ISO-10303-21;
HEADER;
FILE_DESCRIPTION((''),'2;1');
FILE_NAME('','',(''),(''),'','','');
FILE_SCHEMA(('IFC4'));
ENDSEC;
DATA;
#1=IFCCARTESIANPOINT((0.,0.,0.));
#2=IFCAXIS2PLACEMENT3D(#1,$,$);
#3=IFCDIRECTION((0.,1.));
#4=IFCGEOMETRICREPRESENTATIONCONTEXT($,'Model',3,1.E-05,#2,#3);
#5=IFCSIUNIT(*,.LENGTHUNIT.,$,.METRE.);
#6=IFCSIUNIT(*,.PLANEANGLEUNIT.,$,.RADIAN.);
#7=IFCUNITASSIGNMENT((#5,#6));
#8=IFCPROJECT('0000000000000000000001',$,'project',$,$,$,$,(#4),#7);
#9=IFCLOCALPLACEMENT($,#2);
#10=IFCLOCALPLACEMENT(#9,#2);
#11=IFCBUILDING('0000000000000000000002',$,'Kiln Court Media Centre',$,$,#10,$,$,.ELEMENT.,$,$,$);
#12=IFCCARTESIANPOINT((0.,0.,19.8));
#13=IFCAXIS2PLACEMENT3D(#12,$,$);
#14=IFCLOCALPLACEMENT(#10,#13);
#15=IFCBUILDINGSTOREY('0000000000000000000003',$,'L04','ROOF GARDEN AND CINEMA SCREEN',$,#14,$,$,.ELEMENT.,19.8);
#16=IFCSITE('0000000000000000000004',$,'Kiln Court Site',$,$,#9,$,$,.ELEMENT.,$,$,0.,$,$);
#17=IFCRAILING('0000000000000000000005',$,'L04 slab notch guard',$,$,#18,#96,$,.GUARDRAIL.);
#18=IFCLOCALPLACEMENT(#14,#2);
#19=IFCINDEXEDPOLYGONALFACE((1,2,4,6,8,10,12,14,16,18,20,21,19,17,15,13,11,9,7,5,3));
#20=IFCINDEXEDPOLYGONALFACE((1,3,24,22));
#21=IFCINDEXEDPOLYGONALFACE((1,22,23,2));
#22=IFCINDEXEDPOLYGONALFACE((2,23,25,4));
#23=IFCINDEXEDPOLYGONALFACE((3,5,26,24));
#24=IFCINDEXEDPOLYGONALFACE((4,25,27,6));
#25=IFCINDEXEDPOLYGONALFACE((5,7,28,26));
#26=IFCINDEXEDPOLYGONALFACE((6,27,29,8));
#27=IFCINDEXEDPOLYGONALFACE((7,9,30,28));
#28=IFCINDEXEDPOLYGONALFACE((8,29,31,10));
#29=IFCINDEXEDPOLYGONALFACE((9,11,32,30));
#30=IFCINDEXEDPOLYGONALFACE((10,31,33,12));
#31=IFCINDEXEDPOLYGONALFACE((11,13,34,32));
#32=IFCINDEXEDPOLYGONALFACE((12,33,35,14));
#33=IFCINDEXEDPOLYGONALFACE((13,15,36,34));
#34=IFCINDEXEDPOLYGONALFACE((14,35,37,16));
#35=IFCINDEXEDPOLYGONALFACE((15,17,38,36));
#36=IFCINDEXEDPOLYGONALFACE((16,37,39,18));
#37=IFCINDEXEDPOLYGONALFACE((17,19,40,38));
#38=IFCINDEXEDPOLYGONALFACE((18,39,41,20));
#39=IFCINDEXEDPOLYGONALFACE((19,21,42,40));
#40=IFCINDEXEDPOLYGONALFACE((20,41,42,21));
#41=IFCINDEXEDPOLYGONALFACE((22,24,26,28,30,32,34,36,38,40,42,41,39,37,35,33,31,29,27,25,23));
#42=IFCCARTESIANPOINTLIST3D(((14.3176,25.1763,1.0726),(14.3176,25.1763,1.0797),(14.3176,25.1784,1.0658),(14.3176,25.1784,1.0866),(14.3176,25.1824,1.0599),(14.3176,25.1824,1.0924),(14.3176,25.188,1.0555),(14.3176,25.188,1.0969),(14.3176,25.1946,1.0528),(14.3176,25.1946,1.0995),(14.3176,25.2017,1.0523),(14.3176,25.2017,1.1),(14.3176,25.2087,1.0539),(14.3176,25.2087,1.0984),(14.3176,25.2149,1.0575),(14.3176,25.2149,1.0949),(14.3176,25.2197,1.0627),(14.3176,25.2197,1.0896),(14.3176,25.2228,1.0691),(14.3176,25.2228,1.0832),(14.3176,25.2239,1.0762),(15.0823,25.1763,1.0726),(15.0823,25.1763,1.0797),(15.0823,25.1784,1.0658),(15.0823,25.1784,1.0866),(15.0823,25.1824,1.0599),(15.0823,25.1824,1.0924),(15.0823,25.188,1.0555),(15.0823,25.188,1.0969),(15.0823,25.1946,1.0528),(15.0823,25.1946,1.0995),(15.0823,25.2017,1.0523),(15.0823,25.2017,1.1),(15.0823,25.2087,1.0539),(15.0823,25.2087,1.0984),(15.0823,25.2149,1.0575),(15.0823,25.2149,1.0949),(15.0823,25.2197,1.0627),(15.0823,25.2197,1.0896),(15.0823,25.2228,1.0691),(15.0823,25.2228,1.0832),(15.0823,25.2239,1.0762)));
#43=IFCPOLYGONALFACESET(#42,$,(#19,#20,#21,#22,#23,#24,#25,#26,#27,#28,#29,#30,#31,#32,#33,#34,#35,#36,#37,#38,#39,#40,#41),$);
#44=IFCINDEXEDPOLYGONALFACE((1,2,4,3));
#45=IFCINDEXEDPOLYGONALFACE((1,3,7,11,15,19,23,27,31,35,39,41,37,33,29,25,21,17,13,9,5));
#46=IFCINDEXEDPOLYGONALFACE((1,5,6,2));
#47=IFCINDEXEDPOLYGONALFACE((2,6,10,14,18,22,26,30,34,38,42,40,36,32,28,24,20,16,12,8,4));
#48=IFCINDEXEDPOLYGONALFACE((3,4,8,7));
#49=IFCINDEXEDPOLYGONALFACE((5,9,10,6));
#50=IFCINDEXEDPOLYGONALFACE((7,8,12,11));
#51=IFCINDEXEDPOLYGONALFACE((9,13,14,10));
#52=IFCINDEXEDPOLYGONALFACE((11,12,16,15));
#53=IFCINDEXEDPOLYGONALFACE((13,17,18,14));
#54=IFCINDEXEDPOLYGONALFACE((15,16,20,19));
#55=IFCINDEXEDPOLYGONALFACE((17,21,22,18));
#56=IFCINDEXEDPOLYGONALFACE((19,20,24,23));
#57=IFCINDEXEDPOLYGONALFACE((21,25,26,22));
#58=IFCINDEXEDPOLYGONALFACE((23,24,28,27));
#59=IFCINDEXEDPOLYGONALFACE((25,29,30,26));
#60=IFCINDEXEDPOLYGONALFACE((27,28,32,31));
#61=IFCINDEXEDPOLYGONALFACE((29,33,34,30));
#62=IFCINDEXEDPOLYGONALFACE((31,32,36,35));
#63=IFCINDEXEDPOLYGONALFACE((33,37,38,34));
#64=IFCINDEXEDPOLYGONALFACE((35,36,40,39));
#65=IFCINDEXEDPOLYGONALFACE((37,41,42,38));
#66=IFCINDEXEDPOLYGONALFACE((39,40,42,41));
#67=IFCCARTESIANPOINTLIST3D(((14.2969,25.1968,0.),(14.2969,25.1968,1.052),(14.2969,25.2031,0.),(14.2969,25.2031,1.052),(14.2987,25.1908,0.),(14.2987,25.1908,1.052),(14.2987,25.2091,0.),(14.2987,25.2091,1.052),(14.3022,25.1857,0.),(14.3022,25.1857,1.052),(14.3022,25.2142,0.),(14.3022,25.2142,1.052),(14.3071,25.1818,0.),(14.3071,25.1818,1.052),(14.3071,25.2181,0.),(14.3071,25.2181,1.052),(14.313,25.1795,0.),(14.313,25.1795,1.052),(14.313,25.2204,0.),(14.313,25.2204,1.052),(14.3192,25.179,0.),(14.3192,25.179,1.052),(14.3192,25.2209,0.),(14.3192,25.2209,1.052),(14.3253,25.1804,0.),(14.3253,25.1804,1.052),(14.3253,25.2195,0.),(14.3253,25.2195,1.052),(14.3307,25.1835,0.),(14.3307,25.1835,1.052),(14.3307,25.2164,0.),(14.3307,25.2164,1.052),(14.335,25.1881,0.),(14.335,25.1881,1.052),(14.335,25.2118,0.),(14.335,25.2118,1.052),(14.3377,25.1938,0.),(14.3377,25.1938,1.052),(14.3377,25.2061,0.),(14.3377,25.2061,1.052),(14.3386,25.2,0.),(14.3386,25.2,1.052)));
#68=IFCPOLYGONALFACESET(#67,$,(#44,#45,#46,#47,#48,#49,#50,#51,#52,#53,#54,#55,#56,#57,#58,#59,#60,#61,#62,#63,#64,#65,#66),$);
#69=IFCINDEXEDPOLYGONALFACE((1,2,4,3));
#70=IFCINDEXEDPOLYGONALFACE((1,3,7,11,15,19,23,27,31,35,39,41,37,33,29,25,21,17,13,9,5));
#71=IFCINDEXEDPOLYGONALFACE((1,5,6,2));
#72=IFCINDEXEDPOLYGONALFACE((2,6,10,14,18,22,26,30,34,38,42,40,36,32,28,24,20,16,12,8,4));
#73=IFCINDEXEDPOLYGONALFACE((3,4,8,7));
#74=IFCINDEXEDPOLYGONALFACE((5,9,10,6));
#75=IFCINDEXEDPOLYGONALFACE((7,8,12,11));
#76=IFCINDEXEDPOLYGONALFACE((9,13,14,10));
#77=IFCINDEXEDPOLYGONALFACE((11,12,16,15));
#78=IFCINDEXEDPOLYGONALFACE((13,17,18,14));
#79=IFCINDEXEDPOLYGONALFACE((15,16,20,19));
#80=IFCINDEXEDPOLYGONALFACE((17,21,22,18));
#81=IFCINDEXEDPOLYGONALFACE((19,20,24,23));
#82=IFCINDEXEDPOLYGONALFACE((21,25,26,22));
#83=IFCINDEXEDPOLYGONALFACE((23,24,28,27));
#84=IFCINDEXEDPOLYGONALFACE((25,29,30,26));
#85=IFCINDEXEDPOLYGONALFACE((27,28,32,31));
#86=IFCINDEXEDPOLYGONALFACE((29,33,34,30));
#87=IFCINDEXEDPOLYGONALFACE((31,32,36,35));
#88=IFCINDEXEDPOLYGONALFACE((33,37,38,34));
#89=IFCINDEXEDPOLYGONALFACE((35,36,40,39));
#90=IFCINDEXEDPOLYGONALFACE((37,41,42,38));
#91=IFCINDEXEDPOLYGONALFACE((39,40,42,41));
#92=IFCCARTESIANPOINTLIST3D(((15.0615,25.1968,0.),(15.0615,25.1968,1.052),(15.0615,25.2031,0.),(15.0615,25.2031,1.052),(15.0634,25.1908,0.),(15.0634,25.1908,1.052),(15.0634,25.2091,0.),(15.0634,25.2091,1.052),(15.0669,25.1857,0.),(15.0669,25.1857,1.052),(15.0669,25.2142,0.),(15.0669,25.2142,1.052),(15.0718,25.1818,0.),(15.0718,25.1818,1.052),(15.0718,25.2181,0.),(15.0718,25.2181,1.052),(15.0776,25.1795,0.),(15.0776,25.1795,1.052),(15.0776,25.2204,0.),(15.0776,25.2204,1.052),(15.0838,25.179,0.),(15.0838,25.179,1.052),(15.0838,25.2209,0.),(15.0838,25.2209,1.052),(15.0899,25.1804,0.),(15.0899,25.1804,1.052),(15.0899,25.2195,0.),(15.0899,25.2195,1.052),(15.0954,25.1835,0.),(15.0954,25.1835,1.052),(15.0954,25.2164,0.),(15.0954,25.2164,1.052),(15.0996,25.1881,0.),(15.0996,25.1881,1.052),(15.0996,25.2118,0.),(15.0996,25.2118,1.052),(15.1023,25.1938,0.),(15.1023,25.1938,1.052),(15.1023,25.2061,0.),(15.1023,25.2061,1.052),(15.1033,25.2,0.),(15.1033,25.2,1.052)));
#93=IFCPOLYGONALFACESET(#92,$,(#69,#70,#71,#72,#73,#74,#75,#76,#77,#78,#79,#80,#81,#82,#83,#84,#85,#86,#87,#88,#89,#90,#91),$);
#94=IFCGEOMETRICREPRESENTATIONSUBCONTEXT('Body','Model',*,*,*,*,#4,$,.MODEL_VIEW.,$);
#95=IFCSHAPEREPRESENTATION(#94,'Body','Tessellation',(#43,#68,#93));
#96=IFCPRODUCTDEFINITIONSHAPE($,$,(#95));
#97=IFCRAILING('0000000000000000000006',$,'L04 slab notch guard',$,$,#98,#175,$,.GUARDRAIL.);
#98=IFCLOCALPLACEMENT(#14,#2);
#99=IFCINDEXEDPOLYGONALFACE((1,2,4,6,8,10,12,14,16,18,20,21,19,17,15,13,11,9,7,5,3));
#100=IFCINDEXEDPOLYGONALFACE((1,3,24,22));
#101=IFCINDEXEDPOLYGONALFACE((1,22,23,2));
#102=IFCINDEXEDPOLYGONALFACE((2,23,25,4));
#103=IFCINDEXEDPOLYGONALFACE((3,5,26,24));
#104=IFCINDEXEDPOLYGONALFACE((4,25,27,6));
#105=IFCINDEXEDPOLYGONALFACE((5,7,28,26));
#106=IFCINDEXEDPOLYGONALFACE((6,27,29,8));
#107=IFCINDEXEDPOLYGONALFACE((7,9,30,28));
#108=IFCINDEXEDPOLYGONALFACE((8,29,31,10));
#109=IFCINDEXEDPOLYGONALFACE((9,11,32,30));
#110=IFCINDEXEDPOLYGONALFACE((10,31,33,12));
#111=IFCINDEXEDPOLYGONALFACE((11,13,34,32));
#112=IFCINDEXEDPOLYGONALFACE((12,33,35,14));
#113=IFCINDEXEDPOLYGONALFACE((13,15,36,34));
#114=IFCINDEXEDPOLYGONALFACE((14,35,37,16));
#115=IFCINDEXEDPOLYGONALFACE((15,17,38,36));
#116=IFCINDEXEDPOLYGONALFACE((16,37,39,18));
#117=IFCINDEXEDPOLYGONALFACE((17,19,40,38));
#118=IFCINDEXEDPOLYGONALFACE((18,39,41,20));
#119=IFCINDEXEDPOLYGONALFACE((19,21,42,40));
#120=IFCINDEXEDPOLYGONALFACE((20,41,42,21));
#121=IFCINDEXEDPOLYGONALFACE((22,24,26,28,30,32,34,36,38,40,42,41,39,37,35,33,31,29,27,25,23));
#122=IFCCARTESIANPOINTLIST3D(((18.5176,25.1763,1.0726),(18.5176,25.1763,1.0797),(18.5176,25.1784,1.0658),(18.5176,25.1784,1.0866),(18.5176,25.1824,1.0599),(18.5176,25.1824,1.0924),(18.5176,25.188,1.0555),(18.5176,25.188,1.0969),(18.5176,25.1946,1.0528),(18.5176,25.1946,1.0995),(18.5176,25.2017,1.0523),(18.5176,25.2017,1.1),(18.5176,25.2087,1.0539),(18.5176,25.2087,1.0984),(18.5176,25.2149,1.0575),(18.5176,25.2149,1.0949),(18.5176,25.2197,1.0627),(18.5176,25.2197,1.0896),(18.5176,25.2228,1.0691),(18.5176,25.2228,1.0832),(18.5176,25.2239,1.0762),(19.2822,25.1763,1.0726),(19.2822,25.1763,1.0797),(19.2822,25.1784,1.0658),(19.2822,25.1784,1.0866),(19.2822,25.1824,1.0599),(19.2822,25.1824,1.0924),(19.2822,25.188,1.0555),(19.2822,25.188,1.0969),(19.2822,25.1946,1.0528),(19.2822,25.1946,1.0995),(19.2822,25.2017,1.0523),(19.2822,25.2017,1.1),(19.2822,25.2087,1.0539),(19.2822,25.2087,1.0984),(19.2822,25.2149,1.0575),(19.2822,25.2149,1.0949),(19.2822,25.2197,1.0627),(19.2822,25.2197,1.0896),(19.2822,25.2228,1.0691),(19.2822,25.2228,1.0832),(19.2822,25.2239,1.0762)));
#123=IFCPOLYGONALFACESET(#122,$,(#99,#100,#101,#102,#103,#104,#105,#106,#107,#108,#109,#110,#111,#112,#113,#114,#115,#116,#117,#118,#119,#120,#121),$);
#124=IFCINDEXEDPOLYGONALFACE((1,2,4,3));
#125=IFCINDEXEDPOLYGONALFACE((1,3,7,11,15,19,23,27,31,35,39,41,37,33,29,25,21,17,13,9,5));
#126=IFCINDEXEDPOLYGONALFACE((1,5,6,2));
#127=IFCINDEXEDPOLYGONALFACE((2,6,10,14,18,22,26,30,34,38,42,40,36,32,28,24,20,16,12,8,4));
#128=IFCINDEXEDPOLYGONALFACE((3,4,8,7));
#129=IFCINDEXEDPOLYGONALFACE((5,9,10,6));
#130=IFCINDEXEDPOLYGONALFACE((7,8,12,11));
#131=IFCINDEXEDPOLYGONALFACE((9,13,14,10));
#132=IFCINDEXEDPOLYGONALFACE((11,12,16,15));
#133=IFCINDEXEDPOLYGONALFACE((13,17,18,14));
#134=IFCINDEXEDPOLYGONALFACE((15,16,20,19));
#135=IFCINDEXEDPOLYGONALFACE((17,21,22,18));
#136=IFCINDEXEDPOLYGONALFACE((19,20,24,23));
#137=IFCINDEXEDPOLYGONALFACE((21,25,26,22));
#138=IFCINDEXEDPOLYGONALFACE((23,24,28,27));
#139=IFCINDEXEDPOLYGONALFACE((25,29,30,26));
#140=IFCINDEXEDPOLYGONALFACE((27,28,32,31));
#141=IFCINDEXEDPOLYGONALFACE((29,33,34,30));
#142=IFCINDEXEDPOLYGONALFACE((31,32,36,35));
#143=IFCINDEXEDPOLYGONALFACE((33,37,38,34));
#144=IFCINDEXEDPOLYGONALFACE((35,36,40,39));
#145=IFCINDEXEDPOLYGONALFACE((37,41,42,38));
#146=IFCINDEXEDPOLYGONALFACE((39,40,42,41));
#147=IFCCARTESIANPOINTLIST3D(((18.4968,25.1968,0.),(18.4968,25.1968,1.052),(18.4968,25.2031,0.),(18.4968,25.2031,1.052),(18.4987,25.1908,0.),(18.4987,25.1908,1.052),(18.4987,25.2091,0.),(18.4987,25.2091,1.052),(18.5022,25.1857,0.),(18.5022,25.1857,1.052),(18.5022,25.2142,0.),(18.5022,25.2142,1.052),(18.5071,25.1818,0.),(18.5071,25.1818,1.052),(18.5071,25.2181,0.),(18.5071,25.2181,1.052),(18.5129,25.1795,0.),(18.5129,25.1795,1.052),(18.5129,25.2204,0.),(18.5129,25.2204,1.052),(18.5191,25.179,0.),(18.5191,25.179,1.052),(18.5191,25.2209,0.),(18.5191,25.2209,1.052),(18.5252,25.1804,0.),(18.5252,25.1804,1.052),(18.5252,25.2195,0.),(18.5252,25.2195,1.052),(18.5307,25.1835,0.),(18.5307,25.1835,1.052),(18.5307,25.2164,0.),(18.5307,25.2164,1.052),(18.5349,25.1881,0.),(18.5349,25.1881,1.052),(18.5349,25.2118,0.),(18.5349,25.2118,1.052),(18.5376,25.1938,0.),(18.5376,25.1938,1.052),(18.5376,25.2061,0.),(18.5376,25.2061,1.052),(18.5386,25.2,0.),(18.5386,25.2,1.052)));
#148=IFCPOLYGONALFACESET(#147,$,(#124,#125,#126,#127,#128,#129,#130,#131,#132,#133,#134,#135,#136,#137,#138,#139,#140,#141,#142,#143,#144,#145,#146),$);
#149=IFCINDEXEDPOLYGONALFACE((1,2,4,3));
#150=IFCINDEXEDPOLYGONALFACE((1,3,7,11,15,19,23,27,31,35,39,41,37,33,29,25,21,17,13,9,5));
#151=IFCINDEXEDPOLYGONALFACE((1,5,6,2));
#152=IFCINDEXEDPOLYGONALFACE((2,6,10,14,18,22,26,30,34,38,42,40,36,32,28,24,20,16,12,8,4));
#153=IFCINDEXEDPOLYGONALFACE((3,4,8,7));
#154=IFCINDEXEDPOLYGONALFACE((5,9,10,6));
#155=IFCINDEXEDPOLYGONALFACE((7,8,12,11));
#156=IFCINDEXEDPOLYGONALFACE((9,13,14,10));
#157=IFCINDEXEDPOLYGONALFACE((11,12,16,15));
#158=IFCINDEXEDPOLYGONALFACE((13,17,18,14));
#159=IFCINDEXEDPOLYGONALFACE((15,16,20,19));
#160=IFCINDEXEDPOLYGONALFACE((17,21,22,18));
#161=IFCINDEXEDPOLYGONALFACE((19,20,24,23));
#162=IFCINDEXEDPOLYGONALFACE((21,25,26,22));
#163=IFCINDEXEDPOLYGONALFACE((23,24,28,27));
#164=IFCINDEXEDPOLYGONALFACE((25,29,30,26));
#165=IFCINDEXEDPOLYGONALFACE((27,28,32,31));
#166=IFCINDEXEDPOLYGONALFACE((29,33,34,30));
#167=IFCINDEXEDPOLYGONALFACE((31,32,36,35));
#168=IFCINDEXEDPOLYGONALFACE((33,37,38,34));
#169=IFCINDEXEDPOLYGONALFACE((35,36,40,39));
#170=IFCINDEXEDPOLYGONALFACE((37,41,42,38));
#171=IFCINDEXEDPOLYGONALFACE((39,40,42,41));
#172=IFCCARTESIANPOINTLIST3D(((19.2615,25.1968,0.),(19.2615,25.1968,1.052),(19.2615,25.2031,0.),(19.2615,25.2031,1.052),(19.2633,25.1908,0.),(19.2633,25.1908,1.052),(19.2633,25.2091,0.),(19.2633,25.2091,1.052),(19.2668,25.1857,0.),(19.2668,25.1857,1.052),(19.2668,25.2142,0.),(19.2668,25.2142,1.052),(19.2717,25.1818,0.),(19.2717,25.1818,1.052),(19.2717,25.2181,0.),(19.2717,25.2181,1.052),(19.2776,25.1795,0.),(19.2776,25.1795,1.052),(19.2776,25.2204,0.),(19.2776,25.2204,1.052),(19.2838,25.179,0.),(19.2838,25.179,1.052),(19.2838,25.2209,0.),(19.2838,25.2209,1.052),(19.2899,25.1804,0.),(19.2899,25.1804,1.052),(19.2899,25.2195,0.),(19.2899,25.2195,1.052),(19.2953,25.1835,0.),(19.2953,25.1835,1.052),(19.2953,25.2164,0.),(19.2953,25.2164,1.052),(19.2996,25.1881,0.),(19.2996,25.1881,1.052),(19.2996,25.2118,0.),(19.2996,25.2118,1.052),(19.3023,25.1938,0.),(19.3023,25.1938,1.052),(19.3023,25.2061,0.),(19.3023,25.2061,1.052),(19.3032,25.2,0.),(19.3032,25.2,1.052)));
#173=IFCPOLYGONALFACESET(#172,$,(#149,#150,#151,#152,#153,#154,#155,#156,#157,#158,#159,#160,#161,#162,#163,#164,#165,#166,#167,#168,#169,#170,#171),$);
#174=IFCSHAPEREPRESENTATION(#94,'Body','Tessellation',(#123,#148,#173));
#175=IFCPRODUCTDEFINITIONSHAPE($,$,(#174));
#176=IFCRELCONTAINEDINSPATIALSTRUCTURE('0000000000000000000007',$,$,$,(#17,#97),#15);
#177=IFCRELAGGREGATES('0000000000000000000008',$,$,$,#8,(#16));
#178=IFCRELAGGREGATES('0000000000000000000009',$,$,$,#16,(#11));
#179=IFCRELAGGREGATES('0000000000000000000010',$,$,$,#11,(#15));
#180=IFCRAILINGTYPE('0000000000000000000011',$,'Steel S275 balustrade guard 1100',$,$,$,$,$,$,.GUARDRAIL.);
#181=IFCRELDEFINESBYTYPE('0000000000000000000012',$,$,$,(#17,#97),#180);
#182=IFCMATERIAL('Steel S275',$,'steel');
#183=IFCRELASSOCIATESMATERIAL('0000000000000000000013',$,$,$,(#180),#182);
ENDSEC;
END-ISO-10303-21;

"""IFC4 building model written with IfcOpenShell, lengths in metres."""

from ifc_helpers import new_model, si_unit, direction, frame, origin, origin_2d, place, context, subcontext, project, spatial, circle, extrude, material, type_object, element, save


model = new_model("IFC4")

# Units and contexts
model_context = context("Model", 3, precision=1e-05, world=origin(), true_north=direction((0.0, 1.0)))
body_context = subcontext(model_context, "Body", "Model", "MODEL_VIEW")
ifc_project = project(units=[si_unit("LENGTHUNIT", "METRE"), si_unit("PLANEANGLEUNIT", "RADIAN")], contexts=[model_context])

# Site, building, storey
site_placement = place(None, origin())
site = spatial("IfcSite", under=ifc_project, at=site_placement, Name="Kiln Court Site", CompositionType="ELEMENT", RefElevation=0.0)
building_placement = place(site_placement, origin())
building = spatial("IfcBuilding", under=site, at=building_placement, Name="Kiln Court Media Centre", CompositionType="ELEMENT")
storey_placement = place(building_placement, frame((0.0, 0.0, 19.8)))
storey = spatial("IfcBuildingStorey", under=building, at=storey_placement, Name="L04", Description="ROOF GARDEN AND CINEMA SCREEN", CompositionType="ELEMENT", Elevation=19.8)

# Railings
ifc_material_1 = material(Name="Steel S275", Category="steel")
railing_type = type_object("IfcRailingType", Name="Steel S275 balustrade guard 1100", PredefinedType="GUARDRAIL", material=ifc_material_1)
for number, where, name in (
    (1, (14.3176, 25.2, 0.0), "L04 slab notch guard"),
    (2, (18.5176, 25.2, 0.0), "L04 slab notch guard"),
):
    element("IfcRailing", number, at=place(storey_placement, frame(where)), inside=storey, type_object=railing_type, Name=name, PredefinedType="GUARDRAIL", context=body_context, shape_type="SweptSolid", body=[
        extrude(circle(Radius=0.0239, at=origin_2d()), frame((0.0, 0.0, 1.0762), z_axis=(1.0, 0.0, 0.0), x_axis=(0.0, 1.0, 0.0)), (0.0, 0.0, 1.0), 0.7646),
        extrude(circle(Radius=0.021, at=origin_2d()), origin(), (0.0, 0.0, 1.0), 1.052),
        extrude(circle(Radius=0.021, at=origin_2d()), frame((0.7646, 0.0, 0.0)), (0.0, 0.0, 1.0), 1.052),
    ])

save(model, "model.ifc")
